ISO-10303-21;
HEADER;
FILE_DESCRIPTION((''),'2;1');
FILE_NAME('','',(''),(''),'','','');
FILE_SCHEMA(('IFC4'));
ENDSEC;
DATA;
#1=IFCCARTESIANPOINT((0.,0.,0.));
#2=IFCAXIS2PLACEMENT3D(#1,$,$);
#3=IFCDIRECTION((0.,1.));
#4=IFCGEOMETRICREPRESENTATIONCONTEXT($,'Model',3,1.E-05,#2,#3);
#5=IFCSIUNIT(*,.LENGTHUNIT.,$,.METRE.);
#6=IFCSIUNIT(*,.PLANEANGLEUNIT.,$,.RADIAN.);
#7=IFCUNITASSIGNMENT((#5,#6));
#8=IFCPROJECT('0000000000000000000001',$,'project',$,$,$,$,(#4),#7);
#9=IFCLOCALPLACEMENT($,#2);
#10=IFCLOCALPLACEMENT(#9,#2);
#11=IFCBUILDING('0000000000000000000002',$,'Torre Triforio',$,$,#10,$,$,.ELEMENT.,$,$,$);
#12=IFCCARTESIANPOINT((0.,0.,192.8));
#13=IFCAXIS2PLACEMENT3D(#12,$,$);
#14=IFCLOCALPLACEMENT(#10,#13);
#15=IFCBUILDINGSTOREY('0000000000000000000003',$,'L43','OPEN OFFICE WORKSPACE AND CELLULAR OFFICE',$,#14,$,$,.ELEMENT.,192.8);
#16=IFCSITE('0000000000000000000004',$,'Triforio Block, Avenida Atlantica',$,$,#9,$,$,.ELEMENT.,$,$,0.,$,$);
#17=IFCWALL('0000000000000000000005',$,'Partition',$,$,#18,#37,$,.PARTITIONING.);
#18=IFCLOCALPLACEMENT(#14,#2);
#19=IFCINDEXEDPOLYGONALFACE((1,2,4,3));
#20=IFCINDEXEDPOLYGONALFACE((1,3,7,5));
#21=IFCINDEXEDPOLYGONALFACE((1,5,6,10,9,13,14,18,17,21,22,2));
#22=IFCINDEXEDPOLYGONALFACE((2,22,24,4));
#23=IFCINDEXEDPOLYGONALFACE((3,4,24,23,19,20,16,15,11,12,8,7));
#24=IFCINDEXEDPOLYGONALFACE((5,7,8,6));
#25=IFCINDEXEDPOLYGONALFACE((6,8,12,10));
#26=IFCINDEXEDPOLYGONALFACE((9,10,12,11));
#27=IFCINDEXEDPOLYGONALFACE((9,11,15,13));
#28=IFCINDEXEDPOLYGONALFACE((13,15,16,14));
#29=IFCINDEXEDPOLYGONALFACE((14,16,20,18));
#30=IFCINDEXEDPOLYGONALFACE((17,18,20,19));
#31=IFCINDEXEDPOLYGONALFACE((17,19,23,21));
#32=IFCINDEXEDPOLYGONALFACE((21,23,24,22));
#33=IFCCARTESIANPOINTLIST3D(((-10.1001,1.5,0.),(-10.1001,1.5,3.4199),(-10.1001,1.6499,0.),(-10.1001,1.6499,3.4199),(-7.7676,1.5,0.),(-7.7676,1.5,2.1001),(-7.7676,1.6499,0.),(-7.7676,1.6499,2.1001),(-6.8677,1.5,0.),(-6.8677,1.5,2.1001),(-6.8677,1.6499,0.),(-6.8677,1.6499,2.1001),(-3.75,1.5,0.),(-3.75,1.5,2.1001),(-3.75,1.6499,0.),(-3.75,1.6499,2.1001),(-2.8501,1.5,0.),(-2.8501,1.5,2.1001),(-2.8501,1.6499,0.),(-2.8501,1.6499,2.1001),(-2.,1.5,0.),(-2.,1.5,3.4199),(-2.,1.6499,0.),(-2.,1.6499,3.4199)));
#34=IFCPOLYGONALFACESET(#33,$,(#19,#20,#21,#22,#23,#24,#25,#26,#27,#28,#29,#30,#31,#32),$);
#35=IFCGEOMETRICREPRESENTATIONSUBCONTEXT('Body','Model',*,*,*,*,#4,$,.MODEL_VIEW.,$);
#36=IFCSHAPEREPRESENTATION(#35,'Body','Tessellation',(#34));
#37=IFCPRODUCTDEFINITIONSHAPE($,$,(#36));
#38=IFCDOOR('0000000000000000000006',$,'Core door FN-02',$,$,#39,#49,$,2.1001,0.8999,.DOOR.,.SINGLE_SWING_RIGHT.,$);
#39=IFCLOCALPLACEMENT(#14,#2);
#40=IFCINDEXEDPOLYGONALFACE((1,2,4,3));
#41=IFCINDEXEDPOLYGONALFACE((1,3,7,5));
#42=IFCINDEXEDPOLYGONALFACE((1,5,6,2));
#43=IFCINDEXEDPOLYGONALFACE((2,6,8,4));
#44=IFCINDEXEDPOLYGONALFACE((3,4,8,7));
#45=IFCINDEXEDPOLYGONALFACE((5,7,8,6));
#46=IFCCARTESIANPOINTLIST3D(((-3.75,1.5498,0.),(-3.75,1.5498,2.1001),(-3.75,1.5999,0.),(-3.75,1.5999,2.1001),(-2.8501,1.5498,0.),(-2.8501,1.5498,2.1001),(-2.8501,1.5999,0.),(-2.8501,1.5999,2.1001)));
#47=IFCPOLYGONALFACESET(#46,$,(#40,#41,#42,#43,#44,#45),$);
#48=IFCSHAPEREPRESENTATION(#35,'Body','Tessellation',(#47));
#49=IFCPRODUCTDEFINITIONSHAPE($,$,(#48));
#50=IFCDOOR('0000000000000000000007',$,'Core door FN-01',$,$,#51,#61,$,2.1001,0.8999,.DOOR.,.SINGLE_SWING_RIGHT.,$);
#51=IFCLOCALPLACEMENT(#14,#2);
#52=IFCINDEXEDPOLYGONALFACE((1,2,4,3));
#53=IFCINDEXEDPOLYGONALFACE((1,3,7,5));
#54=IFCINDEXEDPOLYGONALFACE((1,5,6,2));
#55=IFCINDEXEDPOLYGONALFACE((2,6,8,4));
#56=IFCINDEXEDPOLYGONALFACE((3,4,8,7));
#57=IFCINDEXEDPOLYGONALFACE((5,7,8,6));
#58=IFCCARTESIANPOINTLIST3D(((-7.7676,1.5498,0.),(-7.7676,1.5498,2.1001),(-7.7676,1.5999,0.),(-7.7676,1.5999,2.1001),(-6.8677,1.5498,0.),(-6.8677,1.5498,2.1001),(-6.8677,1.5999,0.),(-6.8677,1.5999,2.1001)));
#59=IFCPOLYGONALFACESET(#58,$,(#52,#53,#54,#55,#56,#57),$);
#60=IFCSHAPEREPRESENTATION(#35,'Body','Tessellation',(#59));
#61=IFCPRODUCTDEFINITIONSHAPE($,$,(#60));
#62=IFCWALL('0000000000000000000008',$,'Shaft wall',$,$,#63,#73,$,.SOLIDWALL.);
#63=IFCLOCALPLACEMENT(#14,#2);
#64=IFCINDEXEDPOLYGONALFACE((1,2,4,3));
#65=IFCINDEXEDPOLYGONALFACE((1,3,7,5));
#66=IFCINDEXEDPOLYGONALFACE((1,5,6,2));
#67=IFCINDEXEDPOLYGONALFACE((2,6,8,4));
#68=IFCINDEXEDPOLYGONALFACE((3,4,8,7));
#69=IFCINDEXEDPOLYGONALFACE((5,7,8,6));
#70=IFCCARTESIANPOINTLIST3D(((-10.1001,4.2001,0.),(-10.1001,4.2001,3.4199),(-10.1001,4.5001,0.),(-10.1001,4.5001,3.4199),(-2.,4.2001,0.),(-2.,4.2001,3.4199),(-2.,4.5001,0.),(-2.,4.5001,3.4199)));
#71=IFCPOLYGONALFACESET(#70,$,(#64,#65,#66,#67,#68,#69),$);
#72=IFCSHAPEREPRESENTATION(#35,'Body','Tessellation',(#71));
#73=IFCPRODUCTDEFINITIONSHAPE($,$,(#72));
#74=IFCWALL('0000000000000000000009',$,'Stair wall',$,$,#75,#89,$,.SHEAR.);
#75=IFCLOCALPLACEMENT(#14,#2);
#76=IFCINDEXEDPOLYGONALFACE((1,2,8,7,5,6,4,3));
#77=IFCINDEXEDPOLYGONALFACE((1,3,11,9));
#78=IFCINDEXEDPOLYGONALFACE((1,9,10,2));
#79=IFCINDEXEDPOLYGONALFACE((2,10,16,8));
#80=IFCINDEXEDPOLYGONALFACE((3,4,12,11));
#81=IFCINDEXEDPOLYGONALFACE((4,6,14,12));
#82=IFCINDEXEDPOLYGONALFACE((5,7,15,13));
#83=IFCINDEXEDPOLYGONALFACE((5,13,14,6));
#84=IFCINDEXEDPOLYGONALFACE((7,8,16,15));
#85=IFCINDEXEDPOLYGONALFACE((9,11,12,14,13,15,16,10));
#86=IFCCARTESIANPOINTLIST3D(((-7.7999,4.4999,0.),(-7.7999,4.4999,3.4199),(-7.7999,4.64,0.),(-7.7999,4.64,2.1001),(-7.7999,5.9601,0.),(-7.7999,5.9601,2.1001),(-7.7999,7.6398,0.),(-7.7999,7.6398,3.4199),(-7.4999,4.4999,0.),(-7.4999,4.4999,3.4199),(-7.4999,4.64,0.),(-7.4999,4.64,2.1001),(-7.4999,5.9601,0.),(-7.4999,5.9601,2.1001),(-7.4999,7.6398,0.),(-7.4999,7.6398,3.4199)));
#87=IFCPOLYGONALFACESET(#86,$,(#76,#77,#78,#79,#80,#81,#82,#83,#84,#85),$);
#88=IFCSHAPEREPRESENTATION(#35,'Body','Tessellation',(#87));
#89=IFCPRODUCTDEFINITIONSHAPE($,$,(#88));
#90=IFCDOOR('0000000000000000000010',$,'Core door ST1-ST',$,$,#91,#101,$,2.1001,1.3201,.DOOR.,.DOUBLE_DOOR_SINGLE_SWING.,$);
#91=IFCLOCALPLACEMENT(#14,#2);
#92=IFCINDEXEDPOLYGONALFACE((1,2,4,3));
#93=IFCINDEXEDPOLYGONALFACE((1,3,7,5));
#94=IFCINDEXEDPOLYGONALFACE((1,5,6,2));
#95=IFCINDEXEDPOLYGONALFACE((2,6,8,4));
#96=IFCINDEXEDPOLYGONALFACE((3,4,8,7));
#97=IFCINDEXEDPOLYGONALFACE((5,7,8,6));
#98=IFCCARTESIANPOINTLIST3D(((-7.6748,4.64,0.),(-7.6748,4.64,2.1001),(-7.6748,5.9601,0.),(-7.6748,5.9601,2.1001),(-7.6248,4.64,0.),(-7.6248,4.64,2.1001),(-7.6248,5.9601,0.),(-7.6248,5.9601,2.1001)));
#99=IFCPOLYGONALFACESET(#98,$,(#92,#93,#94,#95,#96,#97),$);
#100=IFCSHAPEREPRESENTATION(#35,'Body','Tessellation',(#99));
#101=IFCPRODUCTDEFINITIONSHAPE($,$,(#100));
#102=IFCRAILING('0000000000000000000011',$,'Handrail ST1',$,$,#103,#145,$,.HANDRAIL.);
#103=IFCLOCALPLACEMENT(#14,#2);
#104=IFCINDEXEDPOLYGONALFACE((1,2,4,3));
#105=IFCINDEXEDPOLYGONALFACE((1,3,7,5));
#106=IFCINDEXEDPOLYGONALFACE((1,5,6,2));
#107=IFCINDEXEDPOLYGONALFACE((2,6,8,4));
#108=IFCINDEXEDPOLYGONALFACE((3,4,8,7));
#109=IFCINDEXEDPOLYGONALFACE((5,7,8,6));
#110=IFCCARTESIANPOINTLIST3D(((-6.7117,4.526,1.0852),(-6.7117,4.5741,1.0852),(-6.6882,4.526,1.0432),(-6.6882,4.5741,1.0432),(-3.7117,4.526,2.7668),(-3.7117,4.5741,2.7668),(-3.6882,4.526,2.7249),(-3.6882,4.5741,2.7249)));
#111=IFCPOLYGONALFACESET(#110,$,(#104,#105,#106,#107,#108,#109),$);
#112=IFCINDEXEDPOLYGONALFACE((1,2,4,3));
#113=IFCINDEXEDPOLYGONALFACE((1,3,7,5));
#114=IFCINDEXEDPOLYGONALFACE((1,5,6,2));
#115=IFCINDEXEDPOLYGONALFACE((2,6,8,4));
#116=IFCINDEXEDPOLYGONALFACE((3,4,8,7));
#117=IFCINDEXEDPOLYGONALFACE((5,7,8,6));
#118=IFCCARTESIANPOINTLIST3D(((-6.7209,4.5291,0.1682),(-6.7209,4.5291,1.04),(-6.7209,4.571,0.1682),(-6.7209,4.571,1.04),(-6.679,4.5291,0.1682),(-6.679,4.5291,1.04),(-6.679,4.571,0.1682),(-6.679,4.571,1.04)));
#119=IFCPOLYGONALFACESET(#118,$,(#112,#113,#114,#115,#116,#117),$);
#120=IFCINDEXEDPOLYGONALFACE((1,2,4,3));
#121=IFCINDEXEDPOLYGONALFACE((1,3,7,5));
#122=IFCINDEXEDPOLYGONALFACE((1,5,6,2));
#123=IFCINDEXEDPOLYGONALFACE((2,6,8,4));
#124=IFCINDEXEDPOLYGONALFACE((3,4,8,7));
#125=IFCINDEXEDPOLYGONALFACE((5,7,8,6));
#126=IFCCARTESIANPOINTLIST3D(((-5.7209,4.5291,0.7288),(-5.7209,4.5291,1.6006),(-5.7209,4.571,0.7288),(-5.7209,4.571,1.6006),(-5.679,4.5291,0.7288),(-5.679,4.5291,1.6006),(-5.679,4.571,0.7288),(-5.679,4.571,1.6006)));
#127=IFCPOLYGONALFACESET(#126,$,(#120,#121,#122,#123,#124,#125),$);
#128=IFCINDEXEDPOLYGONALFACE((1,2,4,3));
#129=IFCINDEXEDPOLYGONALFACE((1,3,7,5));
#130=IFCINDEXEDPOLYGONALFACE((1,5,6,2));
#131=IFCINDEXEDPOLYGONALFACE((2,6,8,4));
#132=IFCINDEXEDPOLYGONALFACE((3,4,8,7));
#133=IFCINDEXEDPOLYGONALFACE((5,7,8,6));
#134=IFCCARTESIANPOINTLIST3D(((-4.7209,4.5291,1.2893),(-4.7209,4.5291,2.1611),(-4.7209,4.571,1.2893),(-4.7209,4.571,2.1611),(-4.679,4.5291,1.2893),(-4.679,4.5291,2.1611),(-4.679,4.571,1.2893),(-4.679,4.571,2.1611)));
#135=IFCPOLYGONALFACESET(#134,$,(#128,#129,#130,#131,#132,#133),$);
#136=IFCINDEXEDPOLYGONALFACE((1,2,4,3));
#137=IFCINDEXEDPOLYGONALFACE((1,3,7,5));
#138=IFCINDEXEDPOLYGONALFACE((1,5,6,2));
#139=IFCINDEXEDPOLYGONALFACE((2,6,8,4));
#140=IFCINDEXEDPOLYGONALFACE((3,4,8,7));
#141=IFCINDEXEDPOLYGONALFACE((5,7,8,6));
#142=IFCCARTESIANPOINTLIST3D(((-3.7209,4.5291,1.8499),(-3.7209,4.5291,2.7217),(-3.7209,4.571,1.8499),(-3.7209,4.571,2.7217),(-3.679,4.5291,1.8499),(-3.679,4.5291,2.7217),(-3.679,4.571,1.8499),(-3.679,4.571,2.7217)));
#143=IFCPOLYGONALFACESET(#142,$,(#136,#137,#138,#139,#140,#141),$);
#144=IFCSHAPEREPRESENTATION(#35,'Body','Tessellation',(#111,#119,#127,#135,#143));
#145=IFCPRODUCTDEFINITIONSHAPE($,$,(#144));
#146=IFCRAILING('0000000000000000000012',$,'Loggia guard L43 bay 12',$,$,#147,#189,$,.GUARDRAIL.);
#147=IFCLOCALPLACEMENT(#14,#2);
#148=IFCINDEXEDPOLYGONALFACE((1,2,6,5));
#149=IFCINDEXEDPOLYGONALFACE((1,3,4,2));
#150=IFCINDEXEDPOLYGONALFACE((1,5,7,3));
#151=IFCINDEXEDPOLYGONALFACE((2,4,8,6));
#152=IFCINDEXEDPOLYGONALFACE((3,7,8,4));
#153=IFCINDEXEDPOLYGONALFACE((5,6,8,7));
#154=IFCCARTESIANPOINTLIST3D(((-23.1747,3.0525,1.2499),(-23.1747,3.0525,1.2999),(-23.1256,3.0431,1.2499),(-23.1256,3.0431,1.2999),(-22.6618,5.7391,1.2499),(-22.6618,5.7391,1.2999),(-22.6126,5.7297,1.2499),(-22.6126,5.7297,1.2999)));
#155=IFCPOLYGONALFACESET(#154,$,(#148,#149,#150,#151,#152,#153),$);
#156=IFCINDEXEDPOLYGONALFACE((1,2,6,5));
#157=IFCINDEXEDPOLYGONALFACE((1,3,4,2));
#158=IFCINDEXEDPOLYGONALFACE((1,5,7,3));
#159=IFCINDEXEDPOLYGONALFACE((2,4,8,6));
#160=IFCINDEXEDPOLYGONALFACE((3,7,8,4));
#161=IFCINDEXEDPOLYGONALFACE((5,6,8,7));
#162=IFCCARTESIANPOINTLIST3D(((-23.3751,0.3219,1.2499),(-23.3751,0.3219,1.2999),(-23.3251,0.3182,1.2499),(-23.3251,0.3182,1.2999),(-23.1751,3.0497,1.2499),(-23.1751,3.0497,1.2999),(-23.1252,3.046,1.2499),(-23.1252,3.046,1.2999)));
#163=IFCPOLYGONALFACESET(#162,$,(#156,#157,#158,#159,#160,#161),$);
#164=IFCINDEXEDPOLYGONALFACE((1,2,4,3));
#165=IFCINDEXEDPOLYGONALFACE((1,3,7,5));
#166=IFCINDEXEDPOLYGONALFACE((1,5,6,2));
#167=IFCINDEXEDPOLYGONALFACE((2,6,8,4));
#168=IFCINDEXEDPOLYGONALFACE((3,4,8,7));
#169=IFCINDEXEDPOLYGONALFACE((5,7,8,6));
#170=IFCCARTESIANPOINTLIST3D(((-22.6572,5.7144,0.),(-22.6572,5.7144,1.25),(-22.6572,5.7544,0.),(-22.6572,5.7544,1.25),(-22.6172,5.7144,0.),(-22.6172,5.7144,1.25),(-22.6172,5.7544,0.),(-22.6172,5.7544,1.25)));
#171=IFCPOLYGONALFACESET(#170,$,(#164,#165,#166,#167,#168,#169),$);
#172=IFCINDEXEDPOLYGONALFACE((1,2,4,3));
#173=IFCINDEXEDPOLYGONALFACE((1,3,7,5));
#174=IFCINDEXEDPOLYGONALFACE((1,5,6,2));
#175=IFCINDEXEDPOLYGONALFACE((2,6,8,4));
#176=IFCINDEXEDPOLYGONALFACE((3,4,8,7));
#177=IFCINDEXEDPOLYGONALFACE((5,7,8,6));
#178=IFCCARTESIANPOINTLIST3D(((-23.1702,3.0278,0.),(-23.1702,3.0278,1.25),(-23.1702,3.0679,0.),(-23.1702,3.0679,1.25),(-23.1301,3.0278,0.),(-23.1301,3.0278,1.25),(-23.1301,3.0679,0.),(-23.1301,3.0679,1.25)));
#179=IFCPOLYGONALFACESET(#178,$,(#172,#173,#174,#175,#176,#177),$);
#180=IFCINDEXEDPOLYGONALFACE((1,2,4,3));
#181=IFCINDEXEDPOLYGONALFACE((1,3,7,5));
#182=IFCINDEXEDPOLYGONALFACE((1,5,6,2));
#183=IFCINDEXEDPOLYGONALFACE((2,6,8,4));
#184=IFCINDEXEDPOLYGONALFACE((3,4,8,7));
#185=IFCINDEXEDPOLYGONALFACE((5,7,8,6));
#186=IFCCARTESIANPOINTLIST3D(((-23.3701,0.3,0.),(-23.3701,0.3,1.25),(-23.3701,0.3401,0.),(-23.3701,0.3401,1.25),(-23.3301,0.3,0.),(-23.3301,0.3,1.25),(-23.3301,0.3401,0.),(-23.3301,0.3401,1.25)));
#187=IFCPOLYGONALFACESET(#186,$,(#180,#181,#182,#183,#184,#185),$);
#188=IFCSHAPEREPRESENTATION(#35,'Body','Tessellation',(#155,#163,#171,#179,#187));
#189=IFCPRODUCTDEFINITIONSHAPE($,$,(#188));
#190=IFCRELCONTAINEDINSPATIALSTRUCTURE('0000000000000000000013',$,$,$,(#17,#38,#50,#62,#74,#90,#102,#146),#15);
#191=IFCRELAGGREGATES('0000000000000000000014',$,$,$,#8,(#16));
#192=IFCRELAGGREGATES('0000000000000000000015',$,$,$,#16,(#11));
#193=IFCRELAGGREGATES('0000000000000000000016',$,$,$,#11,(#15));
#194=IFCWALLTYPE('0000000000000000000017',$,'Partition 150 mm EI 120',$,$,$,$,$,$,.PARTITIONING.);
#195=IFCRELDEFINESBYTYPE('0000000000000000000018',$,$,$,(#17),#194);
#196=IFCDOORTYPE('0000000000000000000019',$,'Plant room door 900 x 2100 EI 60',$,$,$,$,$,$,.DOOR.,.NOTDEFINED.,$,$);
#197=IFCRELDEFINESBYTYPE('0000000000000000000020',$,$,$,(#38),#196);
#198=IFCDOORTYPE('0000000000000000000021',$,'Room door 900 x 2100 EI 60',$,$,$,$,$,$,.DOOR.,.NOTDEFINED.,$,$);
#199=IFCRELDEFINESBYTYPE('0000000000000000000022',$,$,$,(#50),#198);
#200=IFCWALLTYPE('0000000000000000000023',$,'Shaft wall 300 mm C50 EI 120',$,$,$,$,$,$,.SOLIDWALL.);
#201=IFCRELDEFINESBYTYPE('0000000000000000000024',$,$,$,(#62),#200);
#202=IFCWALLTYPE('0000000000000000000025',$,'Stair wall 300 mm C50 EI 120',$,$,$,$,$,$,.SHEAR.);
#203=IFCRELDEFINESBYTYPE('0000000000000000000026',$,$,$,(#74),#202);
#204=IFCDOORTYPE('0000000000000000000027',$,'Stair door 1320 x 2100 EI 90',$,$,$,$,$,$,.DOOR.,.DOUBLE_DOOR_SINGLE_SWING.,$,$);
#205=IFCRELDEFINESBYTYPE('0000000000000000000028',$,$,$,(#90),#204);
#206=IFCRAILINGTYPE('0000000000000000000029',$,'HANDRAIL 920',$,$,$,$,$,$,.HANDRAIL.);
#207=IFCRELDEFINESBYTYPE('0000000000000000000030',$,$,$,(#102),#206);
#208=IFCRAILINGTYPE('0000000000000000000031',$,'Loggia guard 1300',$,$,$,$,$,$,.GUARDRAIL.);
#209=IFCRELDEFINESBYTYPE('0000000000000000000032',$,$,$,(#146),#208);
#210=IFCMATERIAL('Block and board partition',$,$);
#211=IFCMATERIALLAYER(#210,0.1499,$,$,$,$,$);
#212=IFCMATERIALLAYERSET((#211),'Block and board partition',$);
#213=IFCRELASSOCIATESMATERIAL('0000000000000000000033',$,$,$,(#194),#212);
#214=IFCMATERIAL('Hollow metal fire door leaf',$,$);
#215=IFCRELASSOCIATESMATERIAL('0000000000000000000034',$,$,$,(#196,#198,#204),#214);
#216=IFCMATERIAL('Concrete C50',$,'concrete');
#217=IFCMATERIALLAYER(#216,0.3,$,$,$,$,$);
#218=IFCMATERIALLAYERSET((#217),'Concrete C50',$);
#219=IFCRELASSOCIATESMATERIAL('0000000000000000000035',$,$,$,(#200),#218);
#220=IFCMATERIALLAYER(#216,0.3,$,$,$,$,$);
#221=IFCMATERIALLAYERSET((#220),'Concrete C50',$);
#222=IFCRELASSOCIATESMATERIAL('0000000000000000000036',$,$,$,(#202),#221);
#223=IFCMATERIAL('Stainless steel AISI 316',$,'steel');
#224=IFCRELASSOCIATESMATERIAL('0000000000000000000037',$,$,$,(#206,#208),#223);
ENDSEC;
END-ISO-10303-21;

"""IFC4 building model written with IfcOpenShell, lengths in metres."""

from ifc_helpers import new_model, si_unit, direction, frame, frame_2d, origin, origin_2d, place, context, subcontext, project, spatial, rectangle, extrude, material, layer, layer_set, type_object, element, fill, save


model = new_model("IFC4")

# Units and contexts
model_context = context("Model", 3, precision=1e-05, world=origin(), true_north=direction((0.0, 1.0)))
body_context = subcontext(model_context, "Body", "Model", "MODEL_VIEW")
ifc_project = project(units=[si_unit("LENGTHUNIT", "METRE"), si_unit("PLANEANGLEUNIT", "RADIAN")], contexts=[model_context])

# Site, building, storey
site_placement = place(None, origin())
site = spatial("IfcSite", under=ifc_project, at=site_placement, Name="Triforio Block, Avenida Atlantica", CompositionType="ELEMENT", RefElevation=0.0)
building_placement = place(site_placement, origin())
building = spatial("IfcBuilding", under=site, at=building_placement, Name="Torre Triforio", CompositionType="ELEMENT")
storey_placement = place(building_placement, frame((0.0, 0.0, 192.8)))
storey = spatial("IfcBuildingStorey", under=building, at=storey_placement, Name="L43", Description="OPEN OFFICE WORKSPACE AND CELLULAR OFFICE", CompositionType="ELEMENT", Elevation=192.8)

# Shared definitions
ifc_material_1 = material(Name="Concrete C50", Category="concrete")

# Shared definitions
ifc_material_2 = material(Name="Hollow metal fire door leaf")

# Wall, openings, doors
ifc_material_3 = material(Name="Block and board partition")
ifc_layer_1 = layer(ifc_material_3, 0.1499)
ifc_layer_set_1 = layer_set([ifc_layer_1], Name="Block and board partition")
wall_type_1 = type_object("IfcWallType", Name="Partition 150 mm EI 120", PredefinedType="PARTITIONING", material=ifc_layer_set_1)
wall_1_placement = place(storey_placement, frame((-10.1001, 1.575, 0.0), z_axis=(0.0, 0.0, 1.0), x_axis=(1.0, 0.0, 0.0)))
wall_1 = element("IfcWall", 1, at=wall_1_placement, inside=storey, type_object=wall_type_1, Name="Partition", PredefinedType="PARTITIONING", context=body_context, shape_type="SweptSolid", body=[
    extrude(rectangle(XDim=8.1001, YDim=0.1499, at=frame_2d((4.05, 0.0))), origin(), (0.0, 0.0, 1.0), 3.4199),
])
opening_1_placement = place(wall_1_placement, frame((2.3325, 0.0, 0.0)))
opening_1 = element("IfcOpeningElement", 2, at=opening_1_placement, cuts=wall_1, PredefinedType="OPENING", context=body_context, shape_type="SweptSolid", body=[
    extrude(rectangle(XDim=0.8999, YDim=2.1001, at=frame_2d((0.45, 1.05))), frame((0.0, 0.085, 0.0), z_axis=(0.0, -1.0, 0.0), x_axis=(1.0, 0.0, 0.0)), (0.0, 0.0, 1.0), 0.1699),
])
opening_2_placement = place(wall_1_placement, frame((6.3501, 0.0, 0.0)))
opening_2 = element("IfcOpeningElement", 3, at=opening_2_placement, cuts=wall_1, PredefinedType="OPENING", context=body_context, shape_type="SweptSolid", body=[
    extrude(rectangle(XDim=0.8999, YDim=2.1001, at=frame_2d((0.45, 1.05))), frame((0.0, 0.085, 0.0), z_axis=(0.0, -1.0, 0.0), x_axis=(1.0, 0.0, 0.0)), (0.0, 0.0, 1.0), 0.1699),
])
door_type_1 = type_object("IfcDoorType", Name="Plant room door 900 x 2100 EI 60", OperationType="NOTDEFINED", PredefinedType="DOOR", material=ifc_material_2)
door_1_placement = place(opening_2_placement, origin())
door_1 = element("IfcDoor", 4, at=door_1_placement, inside=storey, type_object=door_type_1, Name="Core door FN-02", OperationType="SINGLE_SWING_RIGHT", OverallHeight=2.1001, OverallWidth=0.8999, PredefinedType="DOOR", context=body_context, shape_type="SweptSolid", body=[
    extrude(rectangle(XDim=0.8999, YDim=2.1001, at=frame_2d((0.45, 1.05))), frame((0.0, 0.0249, 0.0), z_axis=(0.0, -1.0, 0.0), x_axis=(1.0, 0.0, 0.0)), (0.0, 0.0, 1.0), 0.05),
])
fill(opening_2, door_1)
door_type_2 = type_object("IfcDoorType", Name="Room door 900 x 2100 EI 60", OperationType="NOTDEFINED", PredefinedType="DOOR", material=ifc_material_2)
door_2_placement = place(opening_1_placement, origin())
door_2 = element("IfcDoor", 5, at=door_2_placement, inside=storey, type_object=door_type_2, Name="Core door FN-01", OperationType="SINGLE_SWING_RIGHT", OverallHeight=2.1001, OverallWidth=0.8999, PredefinedType="DOOR", context=body_context, shape_type="SweptSolid", body=[
    extrude(rectangle(XDim=0.8999, YDim=2.1001, at=frame_2d((0.45, 1.05))), frame((0.0, 0.0249, 0.0), z_axis=(0.0, -1.0, 0.0), x_axis=(1.0, 0.0, 0.0)), (0.0, 0.0, 1.0), 0.05),
])
fill(opening_1, door_2)

# Wall
ifc_layer_2 = layer(ifc_material_1, 0.3)
ifc_layer_set_2 = layer_set([ifc_layer_2], Name="Concrete C50")
wall_type_2 = type_object("IfcWallType", Name="Shaft wall 300 mm C50 EI 120", PredefinedType="SOLIDWALL", material=ifc_layer_set_2)
wall_2_placement = place(storey_placement, frame((-10.1001, 4.3501, 0.0), z_axis=(0.0, 0.0, 1.0), x_axis=(1.0, 0.0, 0.0)))
element("IfcWall", 6, at=wall_2_placement, inside=storey, type_object=wall_type_2, Name="Shaft wall", PredefinedType="SOLIDWALL", context=body_context, shape_type="SweptSolid", body=[
    extrude(rectangle(XDim=8.1001, YDim=0.3, at=frame_2d((4.05, 0.0))), origin(), (0.0, 0.0, 1.0), 3.4199),
])

# Wall, opening, door
ifc_layer_3 = layer(ifc_material_1, 0.3)
ifc_layer_set_3 = layer_set([ifc_layer_3], Name="Concrete C50")
wall_type_3 = type_object("IfcWallType", Name="Stair wall 300 mm C50 EI 120", PredefinedType="SHEAR", material=ifc_layer_set_3)
wall_3_placement = place(storey_placement, frame((-7.6499, 4.5, 0.0), z_axis=(0.0, 0.0, 1.0), x_axis=(0.0, 1.0, 0.0)))
wall_3 = element("IfcWall", 7, at=wall_3_placement, inside=storey, type_object=wall_type_3, Name="Stair wall", PredefinedType="SHEAR", context=body_context, shape_type="SweptSolid", body=[
    extrude(rectangle(XDim=3.1399, YDim=0.3, at=frame_2d((1.5698, 0.0))), origin(), (0.0, 0.0, 1.0), 3.4199),
])
opening_3_placement = place(wall_3_placement, frame((0.1399, 0.0, 0.0)))
opening_3 = element("IfcOpeningElement", 8, at=opening_3_placement, cuts=wall_3, PredefinedType="OPENING", context=body_context, shape_type="SweptSolid", body=[
    extrude(rectangle(XDim=1.3201, YDim=2.1001, at=frame_2d((0.6602, 1.05))), frame((0.0, 0.1599, 0.0), z_axis=(0.0, -1.0, 0.0), x_axis=(1.0, 0.0, 0.0)), (0.0, 0.0, 1.0), 0.3201),
])
door_type_3 = type_object("IfcDoorType", Name="Stair door 1320 x 2100 EI 90", OperationType="DOUBLE_DOOR_SINGLE_SWING", PredefinedType="DOOR", material=ifc_material_2)
door_3_placement = place(opening_3_placement, origin())
door_3 = element("IfcDoor", 9, at=door_3_placement, inside=storey, type_object=door_type_3, Name="Core door ST1-ST", OperationType="DOUBLE_DOOR_SINGLE_SWING", OverallHeight=2.1001, OverallWidth=1.3201, PredefinedType="DOOR", context=body_context, shape_type="SweptSolid", body=[
    extrude(rectangle(XDim=1.3201, YDim=2.1001, at=frame_2d((0.6602, 1.05))), frame((0.0, 0.0249, 0.0), z_axis=(0.0, -1.0, 0.0), x_axis=(1.0, 0.0, 0.0)), (0.0, 0.0, 1.0), 0.05),
])
fill(opening_3, door_3)

# Railings
ifc_material_4 = material(Name="Stainless steel AISI 316", Category="steel")
railing_type_1 = type_object("IfcRailingType", Name="HANDRAIL 920", PredefinedType="HANDRAIL", material=ifc_material_4)
railing_1_placement = place(storey_placement, frame((-6.7, 4.55, 0.1682)))
element("IfcRailing", 10, at=railing_1_placement, inside=storey, type_object=railing_type_1, Name="Handrail ST1", PredefinedType="HANDRAIL", context=body_context, shape_type="SweptSolid", body=[
    extrude(rectangle(XDim=0.0481, YDim=0.0481, at=origin_2d()), frame((0.0, 0.0, 0.896), z_axis=(0.872303, 0.0, 0.488966), x_axis=(0.0, 1.0, 0.0)), (0.0, 0.0, 1.0), 3.4392),
    extrude(rectangle(XDim=0.042, YDim=0.042, at=origin_2d()), origin(), (0.0, 0.0, 1.0), 0.8718),
    extrude(rectangle(XDim=0.042, YDim=0.042, at=origin_2d()), frame((1.0, 0.0, 0.5605)), (0.0, 0.0, 1.0), 0.8718),
    extrude(rectangle(XDim=0.042, YDim=0.042, at=origin_2d()), frame((2.0, 0.0, 1.1211)), (0.0, 0.0, 1.0), 0.8718),
    extrude(rectangle(XDim=0.042, YDim=0.042, at=origin_2d()), frame((3.0, 0.0, 1.6816)), (0.0, 0.0, 1.0), 0.8718),
])
railing_type_2 = type_object("IfcRailingType", Name="Loggia guard 1300", PredefinedType="GUARDRAIL", material=ifc_material_4)
railing_2_placement = place(storey_placement, frame((-22.6372, 5.7344, 0.0)))
element("IfcRailing", 11, at=railing_2_placement, inside=storey, type_object=railing_type_2, Name="Loggia guard L43 bay 12", PredefinedType="GUARDRAIL", context=body_context, shape_type="SweptSolid", body=[
    extrude(rectangle(XDim=0.05, YDim=0.05, at=origin_2d()), frame((0.0, 0.0, 1.2749), z_axis=(-0.187543, -0.982256, 0.0), x_axis=(0.982256, -0.187543, 0.0)), (0.0, 0.0, 1.0), 2.7351),
    extrude(rectangle(XDim=0.05, YDim=0.05, at=origin_2d()), frame((-0.5129, -2.6865, 1.2749), z_axis=(-0.073106, -0.997324, 0.0), x_axis=(0.997324, -0.073106, 0.0)), (0.0, 0.0, 1.0), 2.7351),
    extrude(rectangle(XDim=0.04, YDim=0.04, at=origin_2d()), origin(), (0.0, 0.0, 1.0), 1.25),
    extrude(rectangle(XDim=0.04, YDim=0.04, at=origin_2d()), frame((-0.5129, -2.6865, 0.0)), (0.0, 0.0, 1.0), 1.25),
    extrude(rectangle(XDim=0.04, YDim=0.04, at=origin_2d()), frame((-0.7129, -5.4143, 0.0)), (0.0, 0.0, 1.0), 1.25),
])

save(model, "model.ifc")
